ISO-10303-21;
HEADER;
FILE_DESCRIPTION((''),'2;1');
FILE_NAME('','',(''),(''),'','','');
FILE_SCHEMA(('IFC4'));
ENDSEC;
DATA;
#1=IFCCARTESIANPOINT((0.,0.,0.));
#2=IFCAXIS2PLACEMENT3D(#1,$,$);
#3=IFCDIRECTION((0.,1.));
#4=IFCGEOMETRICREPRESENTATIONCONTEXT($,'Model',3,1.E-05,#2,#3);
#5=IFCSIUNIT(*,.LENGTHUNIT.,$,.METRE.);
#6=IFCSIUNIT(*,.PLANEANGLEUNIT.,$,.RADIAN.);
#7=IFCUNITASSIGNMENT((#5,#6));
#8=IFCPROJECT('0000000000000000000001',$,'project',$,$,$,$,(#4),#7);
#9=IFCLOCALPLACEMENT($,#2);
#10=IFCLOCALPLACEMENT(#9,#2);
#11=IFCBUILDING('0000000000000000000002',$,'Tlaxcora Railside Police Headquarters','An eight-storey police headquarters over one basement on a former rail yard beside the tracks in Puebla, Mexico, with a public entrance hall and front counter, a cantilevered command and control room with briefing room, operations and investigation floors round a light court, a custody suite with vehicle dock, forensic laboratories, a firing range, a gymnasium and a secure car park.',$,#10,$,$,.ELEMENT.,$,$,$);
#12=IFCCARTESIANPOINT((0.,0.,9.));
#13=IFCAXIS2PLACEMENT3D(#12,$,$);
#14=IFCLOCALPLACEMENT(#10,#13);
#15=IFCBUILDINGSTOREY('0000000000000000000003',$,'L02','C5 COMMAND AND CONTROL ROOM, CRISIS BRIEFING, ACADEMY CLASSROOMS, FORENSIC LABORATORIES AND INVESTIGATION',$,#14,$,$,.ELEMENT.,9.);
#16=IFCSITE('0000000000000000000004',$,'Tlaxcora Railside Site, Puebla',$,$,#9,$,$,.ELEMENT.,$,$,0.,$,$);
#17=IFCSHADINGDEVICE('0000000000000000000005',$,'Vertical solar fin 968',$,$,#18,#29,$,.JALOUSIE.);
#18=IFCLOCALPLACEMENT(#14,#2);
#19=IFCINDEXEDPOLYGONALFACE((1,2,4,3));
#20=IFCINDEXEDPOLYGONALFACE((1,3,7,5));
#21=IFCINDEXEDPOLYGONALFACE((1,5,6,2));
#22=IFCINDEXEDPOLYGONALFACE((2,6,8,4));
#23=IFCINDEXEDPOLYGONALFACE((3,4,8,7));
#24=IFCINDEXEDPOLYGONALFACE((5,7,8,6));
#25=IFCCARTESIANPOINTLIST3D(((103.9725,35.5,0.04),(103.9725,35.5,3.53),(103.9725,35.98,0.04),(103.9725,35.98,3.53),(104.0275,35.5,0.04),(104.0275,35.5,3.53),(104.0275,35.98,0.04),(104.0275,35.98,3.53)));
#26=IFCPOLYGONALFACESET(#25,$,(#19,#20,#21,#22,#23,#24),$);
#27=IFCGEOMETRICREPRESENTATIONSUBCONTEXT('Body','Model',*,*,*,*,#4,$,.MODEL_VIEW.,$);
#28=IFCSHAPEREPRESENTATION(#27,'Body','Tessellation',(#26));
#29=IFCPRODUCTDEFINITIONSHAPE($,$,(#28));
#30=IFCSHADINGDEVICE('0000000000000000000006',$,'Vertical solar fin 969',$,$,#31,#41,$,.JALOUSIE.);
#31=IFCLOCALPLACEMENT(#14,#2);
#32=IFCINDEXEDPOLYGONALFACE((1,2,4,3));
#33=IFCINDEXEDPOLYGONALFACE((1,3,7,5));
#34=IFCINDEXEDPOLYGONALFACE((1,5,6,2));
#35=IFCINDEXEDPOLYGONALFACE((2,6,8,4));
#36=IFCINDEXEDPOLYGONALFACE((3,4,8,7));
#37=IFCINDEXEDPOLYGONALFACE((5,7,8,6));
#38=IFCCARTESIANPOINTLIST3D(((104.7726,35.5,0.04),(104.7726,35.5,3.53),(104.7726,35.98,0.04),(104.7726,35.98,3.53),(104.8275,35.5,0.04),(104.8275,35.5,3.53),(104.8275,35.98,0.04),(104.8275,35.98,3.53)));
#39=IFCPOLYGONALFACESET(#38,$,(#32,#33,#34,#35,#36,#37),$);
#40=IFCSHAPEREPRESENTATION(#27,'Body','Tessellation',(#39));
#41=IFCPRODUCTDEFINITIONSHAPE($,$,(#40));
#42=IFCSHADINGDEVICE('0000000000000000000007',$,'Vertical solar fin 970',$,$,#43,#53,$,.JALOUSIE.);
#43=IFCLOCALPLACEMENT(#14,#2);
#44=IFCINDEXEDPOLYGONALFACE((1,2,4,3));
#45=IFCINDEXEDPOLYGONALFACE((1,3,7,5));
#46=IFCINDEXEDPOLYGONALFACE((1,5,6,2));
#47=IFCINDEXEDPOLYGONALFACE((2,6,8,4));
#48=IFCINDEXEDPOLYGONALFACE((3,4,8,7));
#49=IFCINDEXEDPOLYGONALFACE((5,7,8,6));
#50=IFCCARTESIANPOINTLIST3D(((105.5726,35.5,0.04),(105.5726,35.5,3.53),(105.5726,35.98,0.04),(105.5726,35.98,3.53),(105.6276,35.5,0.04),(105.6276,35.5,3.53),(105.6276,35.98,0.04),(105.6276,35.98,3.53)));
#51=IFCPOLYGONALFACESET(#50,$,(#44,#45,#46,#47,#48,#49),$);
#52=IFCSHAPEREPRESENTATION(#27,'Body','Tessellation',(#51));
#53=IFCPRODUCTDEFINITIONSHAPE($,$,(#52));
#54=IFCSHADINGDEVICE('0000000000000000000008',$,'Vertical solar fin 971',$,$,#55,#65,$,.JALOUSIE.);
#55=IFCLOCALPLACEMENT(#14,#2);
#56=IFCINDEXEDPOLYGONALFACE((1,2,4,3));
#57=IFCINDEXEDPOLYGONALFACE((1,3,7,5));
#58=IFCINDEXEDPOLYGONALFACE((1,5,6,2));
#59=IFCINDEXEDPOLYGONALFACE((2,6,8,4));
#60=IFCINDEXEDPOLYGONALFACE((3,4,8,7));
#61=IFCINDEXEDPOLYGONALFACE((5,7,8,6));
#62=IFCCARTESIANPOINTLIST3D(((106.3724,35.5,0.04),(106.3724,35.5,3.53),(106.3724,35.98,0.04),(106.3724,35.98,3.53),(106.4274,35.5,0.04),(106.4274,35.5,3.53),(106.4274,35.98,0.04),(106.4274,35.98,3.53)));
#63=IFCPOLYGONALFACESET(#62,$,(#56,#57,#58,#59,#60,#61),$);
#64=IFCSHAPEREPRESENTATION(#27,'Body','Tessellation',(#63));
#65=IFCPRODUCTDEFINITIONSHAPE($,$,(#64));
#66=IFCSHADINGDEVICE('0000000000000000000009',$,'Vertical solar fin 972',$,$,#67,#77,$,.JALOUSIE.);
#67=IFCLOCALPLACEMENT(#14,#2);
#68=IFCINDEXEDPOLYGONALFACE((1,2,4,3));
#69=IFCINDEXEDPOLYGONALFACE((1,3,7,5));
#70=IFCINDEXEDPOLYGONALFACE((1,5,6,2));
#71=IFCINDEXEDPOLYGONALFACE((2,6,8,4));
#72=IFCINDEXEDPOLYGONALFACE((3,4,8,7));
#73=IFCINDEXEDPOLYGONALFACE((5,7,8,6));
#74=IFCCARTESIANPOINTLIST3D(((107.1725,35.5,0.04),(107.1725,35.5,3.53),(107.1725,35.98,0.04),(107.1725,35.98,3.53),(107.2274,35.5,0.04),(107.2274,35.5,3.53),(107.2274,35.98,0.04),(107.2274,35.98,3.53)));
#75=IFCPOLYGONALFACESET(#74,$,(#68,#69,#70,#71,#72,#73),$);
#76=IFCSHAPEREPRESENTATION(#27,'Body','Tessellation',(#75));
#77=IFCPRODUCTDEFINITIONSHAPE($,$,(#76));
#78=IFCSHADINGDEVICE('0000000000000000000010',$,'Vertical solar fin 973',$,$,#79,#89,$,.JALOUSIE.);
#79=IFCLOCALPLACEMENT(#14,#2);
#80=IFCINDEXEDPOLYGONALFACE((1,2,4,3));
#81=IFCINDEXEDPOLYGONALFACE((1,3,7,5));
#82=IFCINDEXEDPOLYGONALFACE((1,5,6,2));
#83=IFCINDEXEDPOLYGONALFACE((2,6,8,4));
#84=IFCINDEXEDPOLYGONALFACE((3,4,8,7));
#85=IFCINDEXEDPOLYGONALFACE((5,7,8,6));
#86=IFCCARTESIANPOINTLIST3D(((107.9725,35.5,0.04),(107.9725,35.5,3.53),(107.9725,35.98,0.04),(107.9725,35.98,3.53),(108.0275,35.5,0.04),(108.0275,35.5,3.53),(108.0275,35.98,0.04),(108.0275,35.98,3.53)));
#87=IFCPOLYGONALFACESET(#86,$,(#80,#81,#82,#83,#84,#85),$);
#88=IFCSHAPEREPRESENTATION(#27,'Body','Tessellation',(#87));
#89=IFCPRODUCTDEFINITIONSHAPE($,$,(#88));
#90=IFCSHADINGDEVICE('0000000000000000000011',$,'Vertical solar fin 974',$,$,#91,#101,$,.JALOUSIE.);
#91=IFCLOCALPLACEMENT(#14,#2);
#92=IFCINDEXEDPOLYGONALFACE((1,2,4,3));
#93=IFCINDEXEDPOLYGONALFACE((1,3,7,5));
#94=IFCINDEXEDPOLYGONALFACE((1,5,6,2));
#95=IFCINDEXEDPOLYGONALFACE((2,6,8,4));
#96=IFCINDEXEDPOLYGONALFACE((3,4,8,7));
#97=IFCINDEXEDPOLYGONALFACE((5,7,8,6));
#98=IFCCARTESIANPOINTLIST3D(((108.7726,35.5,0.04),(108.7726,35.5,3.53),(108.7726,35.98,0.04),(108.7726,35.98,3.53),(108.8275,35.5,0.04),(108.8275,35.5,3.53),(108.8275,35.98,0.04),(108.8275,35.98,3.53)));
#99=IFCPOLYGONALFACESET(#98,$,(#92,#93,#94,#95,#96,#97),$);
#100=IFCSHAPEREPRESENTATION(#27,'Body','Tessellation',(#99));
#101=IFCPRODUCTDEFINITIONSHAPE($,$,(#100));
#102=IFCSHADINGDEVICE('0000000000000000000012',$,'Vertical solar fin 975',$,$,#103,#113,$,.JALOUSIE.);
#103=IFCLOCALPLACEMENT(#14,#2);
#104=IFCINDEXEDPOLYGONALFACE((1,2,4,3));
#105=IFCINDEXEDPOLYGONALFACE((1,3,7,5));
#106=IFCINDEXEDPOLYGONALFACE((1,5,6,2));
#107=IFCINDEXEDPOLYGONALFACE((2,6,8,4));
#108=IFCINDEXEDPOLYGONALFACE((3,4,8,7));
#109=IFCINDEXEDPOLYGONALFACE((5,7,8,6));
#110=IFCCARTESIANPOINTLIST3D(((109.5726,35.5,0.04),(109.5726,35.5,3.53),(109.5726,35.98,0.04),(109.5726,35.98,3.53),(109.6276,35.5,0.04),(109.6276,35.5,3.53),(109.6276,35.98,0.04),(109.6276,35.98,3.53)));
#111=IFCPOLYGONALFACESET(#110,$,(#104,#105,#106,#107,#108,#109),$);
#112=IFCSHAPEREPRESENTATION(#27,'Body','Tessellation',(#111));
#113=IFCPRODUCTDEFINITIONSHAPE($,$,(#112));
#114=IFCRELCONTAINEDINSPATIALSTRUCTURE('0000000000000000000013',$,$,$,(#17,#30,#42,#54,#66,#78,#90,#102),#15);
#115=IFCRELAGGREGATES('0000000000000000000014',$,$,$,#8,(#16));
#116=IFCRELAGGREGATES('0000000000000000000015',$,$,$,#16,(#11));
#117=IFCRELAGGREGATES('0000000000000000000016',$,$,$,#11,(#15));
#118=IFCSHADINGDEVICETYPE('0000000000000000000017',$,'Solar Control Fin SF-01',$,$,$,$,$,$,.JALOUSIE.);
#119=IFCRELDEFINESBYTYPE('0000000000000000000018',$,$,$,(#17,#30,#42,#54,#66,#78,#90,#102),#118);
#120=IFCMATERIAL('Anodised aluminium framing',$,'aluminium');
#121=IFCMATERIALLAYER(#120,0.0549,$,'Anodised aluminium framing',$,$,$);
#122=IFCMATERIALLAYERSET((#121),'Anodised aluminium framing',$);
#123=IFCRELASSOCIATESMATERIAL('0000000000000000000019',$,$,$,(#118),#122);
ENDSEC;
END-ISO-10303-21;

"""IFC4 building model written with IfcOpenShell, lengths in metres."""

from ifc_helpers import new_model, si_unit, direction, frame, origin, origin_2d, place, context, subcontext, project, spatial, rectangle, extrude, material, layer, layer_set, type_object, element, save


model = new_model("IFC4")

# Units and contexts
model_context = context("Model", 3, precision=1e-05, world=origin(), true_north=direction((0.0, 1.0)))
body_context = subcontext(model_context, "Body", "Model", "MODEL_VIEW")
ifc_project = project(units=[si_unit("LENGTHUNIT", "METRE"), si_unit("PLANEANGLEUNIT", "RADIAN")], contexts=[model_context])

# Site, building, storey
site_placement = place(None, origin())
site = spatial("IfcSite", under=ifc_project, at=site_placement, Name="Tlaxcora Railside Site, Puebla", CompositionType="ELEMENT", RefElevation=0.0)
building_placement = place(site_placement, origin())
building = spatial("IfcBuilding", under=site, at=building_placement, Name="Tlaxcora Railside Police Headquarters", Description="An eight-storey police headquarters over one basement on a former rail yard beside the tracks in Puebla, Mexico, with a public entrance hall and front counter, a cantilevered command and control room with briefing room, operations and investigation floors round a light court, a custody suite with vehicle dock, forensic laboratories, a firing range, a gymnasium and a secure car park.", CompositionType="ELEMENT")
storey_placement = place(building_placement, frame((0.0, 0.0, 9.0)))
storey = spatial("IfcBuildingStorey", under=building, at=storey_placement, Name="L02", Description="C5 COMMAND AND CONTROL ROOM, CRISIS BRIEFING, ACADEMY CLASSROOMS, FORENSIC LABORATORIES AND INVESTIGATION", CompositionType="ELEMENT", Elevation=9.0)

# Shared definitions
ifc_material_1 = material(Name="Anodised aluminium framing", Category="aluminium")

# Shading devices
ifc_layer_1 = layer(ifc_material_1, 0.0549, Name="Anodised aluminium framing")
ifc_layer_set_1 = layer_set([ifc_layer_1], Name="Anodised aluminium framing")
shading_device_type = type_object("IfcShadingDeviceType", Name="Solar Control Fin SF-01", PredefinedType="JALOUSIE", material=ifc_layer_set_1)
for number, where, z_axis, x_axis, name in (
    (1, (104.0, 35.74, 0.04), (0.0, 0.0, 1.0), (0.0, -1.0, 0.0), "Vertical solar fin 968"),
    (2, (104.8, 35.74, 0.04), (0.0, 0.0, 1.0), (0.0, -1.0, 0.0), "Vertical solar fin 969"),
    (3, (105.6001, 35.74, 0.04), (0.0, 0.0, 1.0), (0.0, -1.0, 0.0), "Vertical solar fin 970"),
    (4, (106.3999, 35.74, 0.04), (0.0, 0.0, 1.0), (0.0, -1.0, 0.0), "Vertical solar fin 971"),
    (5, (107.2, 35.74, 0.04), (0.0, 0.0, 1.0), (0.0, -1.0, 0.0), "Vertical solar fin 972"),
    (6, (108.0, 35.74, 0.04), (0.0, 0.0, 1.0), (0.0, -1.0, 0.0), "Vertical solar fin 973"),
    (7, (108.8, 35.74, 0.04), (0.0, 0.0, 1.0), (0.0, -1.0, 0.0), "Vertical solar fin 974"),
    (8, (109.6001, 35.74, 0.04), (0.0, 0.0, 1.0), (0.0, -1.0, 0.0), "Vertical solar fin 975"),
):
    element("IfcShadingDevice", number, at=place(storey_placement, frame(where, z_axis=z_axis, x_axis=x_axis)), inside=storey, type_object=shading_device_type, Name=name, PredefinedType="JALOUSIE", context=body_context, shape_type="SweptSolid", body=[
        extrude(rectangle(XDim=0.48, YDim=0.0549, at=origin_2d()), origin(), (0.0, 0.0, 1.0), 3.49),
    ])

save(model, "model.ifc")
